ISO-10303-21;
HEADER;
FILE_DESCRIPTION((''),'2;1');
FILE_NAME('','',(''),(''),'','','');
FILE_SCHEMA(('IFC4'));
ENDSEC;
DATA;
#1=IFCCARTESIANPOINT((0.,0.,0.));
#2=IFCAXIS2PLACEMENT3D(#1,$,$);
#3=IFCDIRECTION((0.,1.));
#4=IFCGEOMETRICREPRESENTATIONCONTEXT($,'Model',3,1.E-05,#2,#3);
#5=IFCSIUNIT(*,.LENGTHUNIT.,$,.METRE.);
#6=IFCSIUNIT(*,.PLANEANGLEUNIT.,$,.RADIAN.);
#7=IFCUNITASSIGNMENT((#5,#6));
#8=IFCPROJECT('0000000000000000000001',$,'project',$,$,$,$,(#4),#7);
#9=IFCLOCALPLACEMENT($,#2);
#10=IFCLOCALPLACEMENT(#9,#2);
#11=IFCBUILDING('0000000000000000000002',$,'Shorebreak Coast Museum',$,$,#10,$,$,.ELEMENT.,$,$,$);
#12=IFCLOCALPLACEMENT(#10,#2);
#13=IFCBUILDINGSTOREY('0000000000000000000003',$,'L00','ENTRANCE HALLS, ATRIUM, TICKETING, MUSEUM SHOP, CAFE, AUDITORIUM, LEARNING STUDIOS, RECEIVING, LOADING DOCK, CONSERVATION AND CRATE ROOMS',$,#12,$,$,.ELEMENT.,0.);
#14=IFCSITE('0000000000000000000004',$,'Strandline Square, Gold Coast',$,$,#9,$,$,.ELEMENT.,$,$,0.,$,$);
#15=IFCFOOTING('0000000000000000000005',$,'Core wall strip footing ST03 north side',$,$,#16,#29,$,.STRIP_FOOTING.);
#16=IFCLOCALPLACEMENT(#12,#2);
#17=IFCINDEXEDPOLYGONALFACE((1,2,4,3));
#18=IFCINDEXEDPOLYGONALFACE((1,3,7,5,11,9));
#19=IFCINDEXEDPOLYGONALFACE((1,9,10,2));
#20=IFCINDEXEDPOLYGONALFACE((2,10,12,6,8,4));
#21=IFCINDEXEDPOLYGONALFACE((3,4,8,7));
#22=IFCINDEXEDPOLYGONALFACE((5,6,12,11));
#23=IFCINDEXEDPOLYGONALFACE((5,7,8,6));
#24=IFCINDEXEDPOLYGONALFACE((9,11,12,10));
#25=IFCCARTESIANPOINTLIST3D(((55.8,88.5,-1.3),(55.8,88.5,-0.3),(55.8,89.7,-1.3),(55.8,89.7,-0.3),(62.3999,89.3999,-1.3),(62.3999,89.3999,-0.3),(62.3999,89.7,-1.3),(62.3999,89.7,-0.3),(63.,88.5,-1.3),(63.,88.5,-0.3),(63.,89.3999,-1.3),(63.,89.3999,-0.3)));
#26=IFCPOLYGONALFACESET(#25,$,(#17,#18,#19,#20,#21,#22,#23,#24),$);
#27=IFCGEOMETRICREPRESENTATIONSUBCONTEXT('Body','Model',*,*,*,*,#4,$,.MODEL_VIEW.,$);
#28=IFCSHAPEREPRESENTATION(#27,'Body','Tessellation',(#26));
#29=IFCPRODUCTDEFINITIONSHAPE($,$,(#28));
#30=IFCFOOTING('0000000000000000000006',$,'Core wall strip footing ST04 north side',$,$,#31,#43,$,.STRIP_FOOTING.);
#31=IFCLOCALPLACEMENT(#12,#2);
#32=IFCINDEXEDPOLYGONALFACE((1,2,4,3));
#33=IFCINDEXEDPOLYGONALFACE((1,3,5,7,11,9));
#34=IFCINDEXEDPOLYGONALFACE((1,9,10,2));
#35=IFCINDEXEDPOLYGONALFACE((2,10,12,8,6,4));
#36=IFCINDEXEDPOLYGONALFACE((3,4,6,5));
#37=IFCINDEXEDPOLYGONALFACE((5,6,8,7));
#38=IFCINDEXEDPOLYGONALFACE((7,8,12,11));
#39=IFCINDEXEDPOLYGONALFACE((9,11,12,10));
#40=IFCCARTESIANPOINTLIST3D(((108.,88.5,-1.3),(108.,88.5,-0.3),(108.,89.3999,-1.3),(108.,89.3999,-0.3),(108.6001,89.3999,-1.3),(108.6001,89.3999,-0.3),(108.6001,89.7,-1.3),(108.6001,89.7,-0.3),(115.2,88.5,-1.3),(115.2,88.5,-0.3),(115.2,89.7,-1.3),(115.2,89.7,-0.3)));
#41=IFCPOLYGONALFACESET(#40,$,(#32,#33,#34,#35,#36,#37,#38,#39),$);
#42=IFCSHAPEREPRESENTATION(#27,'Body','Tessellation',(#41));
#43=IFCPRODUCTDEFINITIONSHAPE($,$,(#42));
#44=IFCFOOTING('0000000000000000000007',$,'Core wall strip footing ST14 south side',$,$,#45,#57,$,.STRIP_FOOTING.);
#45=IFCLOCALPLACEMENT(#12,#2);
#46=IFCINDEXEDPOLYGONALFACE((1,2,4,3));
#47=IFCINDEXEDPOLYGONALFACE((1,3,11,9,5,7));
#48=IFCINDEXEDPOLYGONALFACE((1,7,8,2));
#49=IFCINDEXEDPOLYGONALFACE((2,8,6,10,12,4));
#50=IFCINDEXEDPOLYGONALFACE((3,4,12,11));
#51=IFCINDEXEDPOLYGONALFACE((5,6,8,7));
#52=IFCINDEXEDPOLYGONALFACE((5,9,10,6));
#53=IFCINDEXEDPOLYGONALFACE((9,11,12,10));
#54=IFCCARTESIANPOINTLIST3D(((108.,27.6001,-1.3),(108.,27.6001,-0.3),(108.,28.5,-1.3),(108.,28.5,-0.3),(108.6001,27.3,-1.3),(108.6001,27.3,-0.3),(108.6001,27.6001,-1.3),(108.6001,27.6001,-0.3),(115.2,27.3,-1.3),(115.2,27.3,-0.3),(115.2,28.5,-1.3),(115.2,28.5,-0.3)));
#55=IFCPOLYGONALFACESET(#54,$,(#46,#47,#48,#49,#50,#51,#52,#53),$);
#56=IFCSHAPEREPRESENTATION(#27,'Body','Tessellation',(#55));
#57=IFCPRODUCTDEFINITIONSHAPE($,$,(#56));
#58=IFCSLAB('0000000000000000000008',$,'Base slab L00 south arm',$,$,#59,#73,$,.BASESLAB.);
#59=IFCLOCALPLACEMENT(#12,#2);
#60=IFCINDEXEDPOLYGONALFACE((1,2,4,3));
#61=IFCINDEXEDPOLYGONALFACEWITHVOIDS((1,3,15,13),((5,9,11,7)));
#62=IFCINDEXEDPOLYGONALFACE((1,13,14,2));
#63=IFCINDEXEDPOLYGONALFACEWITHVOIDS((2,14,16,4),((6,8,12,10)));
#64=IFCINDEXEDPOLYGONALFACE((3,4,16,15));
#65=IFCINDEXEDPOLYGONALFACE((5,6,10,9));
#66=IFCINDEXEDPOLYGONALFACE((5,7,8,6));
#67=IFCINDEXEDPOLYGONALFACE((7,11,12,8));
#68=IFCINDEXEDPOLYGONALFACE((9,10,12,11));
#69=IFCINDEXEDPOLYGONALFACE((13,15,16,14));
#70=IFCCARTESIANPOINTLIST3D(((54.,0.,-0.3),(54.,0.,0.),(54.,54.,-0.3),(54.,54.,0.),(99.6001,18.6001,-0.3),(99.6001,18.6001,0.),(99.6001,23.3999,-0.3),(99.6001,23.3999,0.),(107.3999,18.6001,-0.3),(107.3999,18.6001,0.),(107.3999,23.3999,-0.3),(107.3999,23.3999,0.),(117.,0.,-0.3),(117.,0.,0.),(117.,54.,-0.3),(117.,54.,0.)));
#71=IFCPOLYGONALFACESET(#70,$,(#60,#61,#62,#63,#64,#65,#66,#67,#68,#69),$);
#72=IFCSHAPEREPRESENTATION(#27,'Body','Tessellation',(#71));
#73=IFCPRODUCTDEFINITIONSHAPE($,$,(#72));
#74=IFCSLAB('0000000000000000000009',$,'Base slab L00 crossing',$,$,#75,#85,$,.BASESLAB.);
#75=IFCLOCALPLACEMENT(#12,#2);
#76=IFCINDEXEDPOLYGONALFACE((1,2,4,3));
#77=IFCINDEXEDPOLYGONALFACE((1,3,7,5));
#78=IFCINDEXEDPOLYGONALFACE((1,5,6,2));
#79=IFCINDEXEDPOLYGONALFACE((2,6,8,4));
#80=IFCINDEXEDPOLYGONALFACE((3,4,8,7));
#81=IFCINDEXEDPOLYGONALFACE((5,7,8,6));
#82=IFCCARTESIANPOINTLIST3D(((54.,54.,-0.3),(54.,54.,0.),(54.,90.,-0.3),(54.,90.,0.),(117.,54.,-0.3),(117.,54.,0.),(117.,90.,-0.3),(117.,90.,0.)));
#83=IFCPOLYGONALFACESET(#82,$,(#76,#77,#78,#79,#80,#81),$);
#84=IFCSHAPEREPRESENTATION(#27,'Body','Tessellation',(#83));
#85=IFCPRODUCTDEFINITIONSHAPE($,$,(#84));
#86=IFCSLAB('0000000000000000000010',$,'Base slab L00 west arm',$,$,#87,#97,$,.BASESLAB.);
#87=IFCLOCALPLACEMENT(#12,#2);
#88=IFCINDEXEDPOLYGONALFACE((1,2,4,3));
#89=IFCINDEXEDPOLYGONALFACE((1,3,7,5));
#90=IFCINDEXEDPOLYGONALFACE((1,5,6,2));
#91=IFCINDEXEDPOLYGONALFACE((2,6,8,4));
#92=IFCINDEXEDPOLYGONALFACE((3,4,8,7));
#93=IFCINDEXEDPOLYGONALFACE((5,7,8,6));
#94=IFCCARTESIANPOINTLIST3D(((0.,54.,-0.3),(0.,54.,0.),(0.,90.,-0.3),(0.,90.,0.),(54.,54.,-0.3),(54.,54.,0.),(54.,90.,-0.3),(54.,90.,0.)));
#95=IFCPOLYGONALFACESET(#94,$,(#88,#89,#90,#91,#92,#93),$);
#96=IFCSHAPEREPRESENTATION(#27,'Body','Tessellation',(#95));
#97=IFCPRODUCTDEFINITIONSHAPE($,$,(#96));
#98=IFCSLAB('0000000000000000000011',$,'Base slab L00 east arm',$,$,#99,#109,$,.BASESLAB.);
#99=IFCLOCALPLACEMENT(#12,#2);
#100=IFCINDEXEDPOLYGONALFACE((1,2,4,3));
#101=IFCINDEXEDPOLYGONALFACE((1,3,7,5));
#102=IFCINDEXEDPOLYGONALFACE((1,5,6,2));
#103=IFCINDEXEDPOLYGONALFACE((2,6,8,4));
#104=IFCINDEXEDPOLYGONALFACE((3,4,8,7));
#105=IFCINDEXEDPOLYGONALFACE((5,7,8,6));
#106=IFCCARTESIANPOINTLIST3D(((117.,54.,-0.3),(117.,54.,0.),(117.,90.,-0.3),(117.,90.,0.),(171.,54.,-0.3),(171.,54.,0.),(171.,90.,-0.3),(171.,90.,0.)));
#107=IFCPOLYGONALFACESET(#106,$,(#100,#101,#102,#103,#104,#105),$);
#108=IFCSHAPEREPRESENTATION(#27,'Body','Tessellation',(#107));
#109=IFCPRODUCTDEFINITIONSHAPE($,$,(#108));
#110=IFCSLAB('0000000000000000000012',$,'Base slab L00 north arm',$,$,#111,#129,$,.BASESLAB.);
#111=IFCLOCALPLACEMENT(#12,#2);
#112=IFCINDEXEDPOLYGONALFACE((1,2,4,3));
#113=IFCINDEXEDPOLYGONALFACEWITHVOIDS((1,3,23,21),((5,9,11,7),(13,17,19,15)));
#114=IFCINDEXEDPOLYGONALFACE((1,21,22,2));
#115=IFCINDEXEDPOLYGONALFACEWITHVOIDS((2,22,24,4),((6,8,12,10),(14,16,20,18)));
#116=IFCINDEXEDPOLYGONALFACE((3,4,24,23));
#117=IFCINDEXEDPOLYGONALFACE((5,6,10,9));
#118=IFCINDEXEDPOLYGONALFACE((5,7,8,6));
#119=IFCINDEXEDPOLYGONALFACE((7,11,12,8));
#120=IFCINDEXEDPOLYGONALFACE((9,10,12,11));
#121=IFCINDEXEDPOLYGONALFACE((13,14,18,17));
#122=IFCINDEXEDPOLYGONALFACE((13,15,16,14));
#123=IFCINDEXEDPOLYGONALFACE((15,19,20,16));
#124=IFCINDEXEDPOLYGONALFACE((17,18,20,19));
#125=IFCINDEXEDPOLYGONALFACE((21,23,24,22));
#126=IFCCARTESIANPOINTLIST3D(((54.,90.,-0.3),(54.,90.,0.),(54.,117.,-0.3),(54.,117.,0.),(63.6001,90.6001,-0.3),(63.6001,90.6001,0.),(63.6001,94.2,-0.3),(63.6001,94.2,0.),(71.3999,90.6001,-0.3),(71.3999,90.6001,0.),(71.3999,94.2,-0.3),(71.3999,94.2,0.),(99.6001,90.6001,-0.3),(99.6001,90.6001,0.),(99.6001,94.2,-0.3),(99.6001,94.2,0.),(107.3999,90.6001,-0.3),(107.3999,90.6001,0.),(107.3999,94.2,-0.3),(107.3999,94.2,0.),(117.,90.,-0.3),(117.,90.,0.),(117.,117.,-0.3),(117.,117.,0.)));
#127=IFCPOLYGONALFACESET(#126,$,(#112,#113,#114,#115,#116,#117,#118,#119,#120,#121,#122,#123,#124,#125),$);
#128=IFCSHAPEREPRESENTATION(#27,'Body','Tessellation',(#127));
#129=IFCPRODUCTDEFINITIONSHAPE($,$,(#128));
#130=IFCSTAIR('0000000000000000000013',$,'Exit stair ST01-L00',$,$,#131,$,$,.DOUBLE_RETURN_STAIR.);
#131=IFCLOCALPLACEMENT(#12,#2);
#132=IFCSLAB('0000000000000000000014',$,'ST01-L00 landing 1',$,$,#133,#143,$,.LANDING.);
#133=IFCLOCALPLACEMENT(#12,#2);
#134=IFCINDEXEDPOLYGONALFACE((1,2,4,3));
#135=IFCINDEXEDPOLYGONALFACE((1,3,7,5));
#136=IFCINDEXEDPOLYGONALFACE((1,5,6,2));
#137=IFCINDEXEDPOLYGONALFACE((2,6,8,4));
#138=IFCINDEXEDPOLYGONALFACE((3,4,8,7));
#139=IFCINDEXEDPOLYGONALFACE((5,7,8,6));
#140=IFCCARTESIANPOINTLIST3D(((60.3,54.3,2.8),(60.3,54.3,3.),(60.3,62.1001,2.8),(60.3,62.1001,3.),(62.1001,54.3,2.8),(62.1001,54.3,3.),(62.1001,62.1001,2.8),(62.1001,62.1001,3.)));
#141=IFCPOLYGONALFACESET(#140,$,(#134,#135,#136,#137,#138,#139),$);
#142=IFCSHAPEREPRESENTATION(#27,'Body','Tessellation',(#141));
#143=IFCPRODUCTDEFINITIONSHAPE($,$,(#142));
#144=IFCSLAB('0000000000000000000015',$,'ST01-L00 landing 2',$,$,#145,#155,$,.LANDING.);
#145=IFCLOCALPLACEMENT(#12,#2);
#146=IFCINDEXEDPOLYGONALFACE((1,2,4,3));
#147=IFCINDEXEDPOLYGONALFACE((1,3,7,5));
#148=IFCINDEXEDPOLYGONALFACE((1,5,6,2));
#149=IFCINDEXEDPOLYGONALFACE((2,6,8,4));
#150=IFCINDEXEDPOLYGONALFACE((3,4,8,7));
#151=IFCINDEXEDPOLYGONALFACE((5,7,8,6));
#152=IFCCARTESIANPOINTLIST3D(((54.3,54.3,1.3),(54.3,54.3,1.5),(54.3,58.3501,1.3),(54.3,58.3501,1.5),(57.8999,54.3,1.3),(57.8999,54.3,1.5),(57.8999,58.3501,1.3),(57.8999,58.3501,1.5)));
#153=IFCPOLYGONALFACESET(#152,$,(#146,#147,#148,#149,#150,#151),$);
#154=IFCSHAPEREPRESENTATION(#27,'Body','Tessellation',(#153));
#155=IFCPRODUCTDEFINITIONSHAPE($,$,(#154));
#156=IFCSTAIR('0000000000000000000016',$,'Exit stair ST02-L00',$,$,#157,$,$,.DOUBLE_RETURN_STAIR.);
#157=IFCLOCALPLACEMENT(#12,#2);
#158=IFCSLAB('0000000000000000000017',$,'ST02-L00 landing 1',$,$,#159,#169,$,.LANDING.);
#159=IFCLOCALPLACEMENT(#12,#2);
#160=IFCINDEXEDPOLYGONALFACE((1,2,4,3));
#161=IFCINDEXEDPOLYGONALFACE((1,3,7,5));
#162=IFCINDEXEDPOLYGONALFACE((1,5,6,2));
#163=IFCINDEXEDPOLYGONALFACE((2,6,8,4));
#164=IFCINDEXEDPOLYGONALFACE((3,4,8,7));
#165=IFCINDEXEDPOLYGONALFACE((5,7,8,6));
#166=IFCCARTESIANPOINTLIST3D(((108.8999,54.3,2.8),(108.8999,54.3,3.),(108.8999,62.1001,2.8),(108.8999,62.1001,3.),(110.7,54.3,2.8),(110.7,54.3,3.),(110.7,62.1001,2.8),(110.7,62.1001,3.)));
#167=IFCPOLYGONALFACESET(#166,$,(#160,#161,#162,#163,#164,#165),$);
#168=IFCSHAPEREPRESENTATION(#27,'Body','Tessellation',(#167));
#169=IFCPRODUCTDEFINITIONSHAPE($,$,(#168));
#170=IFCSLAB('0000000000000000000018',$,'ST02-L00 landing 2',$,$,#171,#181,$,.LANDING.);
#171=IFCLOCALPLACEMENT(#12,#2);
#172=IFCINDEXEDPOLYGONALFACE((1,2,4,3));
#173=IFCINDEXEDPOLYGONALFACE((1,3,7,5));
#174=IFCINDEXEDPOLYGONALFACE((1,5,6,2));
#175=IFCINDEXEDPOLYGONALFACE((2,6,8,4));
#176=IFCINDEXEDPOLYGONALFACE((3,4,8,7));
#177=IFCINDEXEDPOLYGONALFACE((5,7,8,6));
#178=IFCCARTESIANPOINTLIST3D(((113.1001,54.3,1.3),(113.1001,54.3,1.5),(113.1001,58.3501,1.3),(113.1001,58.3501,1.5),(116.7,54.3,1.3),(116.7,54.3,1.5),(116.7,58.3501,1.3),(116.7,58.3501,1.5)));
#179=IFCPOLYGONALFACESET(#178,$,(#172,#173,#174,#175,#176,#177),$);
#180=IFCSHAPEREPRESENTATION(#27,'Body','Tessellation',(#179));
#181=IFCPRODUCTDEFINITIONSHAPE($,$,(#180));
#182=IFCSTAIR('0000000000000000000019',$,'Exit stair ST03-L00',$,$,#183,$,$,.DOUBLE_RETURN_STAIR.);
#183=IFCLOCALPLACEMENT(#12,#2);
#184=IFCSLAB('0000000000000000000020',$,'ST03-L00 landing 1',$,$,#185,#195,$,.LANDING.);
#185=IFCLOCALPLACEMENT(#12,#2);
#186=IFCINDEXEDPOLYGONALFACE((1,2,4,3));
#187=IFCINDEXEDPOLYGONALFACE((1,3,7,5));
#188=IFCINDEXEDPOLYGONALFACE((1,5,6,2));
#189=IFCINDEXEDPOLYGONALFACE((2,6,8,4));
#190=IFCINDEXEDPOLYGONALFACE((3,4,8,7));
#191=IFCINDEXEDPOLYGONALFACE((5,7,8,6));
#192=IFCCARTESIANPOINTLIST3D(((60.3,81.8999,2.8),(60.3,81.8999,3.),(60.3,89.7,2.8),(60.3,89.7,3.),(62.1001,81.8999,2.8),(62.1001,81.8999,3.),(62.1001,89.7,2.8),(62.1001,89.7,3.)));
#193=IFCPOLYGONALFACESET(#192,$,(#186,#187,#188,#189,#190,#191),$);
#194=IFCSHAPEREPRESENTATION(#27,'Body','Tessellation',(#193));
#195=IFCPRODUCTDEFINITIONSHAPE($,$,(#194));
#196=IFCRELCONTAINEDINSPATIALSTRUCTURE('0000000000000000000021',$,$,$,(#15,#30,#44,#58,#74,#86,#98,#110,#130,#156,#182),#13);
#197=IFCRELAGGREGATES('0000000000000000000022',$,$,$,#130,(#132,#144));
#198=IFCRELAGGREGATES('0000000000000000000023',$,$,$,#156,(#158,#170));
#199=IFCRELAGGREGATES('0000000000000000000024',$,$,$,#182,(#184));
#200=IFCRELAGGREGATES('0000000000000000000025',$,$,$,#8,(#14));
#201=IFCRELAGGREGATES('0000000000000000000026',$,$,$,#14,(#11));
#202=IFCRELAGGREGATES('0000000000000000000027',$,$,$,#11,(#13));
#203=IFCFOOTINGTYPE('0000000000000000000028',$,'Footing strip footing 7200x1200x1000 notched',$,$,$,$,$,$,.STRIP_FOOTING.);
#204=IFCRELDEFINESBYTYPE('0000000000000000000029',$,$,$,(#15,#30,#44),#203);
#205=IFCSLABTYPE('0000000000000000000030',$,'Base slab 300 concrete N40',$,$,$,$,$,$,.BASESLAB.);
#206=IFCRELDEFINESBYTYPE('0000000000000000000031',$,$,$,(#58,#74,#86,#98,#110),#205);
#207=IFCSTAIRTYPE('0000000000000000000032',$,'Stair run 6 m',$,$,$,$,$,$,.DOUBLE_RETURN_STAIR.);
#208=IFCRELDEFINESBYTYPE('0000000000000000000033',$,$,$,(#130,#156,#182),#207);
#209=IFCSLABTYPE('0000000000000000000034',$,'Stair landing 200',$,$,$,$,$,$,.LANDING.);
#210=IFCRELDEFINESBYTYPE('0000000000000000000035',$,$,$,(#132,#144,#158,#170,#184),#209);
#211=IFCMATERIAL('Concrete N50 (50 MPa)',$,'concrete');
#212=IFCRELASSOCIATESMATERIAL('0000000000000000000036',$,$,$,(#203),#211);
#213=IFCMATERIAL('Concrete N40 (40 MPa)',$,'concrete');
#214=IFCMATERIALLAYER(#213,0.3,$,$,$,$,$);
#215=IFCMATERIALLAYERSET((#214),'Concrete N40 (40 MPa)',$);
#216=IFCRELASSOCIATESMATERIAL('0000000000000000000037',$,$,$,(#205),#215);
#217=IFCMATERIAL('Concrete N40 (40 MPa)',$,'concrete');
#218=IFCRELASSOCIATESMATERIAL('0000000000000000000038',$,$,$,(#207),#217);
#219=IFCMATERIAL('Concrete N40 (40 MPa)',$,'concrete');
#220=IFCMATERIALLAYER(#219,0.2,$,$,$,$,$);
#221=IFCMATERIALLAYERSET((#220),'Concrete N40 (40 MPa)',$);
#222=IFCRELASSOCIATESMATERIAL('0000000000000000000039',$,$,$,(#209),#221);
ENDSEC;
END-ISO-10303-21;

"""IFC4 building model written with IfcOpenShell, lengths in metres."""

from ifc_helpers import new_model, si_unit, direction, frame, origin, place, context, subcontext, project, spatial, polyline, outline, extrude, material, layer, layer_set, type_object, element, aggregate, save


model = new_model("IFC4")

# Units and contexts
model_context = context("Model", 3, precision=1e-05, world=origin(), true_north=direction((0.0, 1.0)))
body_context = subcontext(model_context, "Body", "Model", "MODEL_VIEW")
ifc_project = project(units=[si_unit("LENGTHUNIT", "METRE"), si_unit("PLANEANGLEUNIT", "RADIAN")], contexts=[model_context])

# Site, building, storey
site_placement = place(None, origin())
site = spatial("IfcSite", under=ifc_project, at=site_placement, Name="Strandline Square, Gold Coast", CompositionType="ELEMENT", RefElevation=0.0)
building_placement = place(site_placement, origin())
building = spatial("IfcBuilding", under=site, at=building_placement, Name="Shorebreak Coast Museum", CompositionType="ELEMENT")
storey_placement = place(building_placement, origin())
storey = spatial("IfcBuildingStorey", under=building, at=storey_placement, Name="L00", Description="ENTRANCE HALLS, ATRIUM, TICKETING, MUSEUM SHOP, CAFE, AUDITORIUM, LEARNING STUDIOS, RECEIVING, LOADING DOCK, CONSERVATION AND CRATE ROOMS", CompositionType="ELEMENT", Elevation=0.0)

# Footings
ifc_material_1 = material(Name="Concrete N50 (50 MPa)", Category="concrete")
footing_type_1 = type_object("IfcFootingType", Name="Footing strip footing 7200x1200x1000 notched", PredefinedType="STRIP_FOOTING", material=ifc_material_1)
footing_1_placement = place(storey_placement, frame((0.0, 0.0, -1.3)))
element("IfcFooting", 1, at=footing_1_placement, inside=storey, type_object=footing_type_1, Name="Core wall strip footing ST03 north side", PredefinedType="STRIP_FOOTING", context=body_context, shape_type="SweptSolid", body=[
    extrude(outline(polyline([(63.0, 88.5), (55.8, 88.5), (55.8, 89.7), (62.3999, 89.7), (62.3999, 89.3999), (63.0, 89.3999), (63.0, 88.5)])), origin(), (0.0, 0.0, 1.0), 1.0),
])
footing_2_placement = place(storey_placement, frame((0.0, 0.0, -1.3)))
element("IfcFooting", 2, at=footing_2_placement, inside=storey, type_object=footing_type_1, Name="Core wall strip footing ST04 north side", PredefinedType="STRIP_FOOTING", context=body_context, shape_type="SweptSolid", body=[
    extrude(outline(polyline([(115.2, 89.7), (115.2, 88.5), (108.0, 88.5), (108.0, 89.3999), (108.6001, 89.3999), (108.6001, 89.7), (115.2, 89.7)])), origin(), (0.0, 0.0, 1.0), 1.0),
])
footing_3_placement = place(storey_placement, frame((0.0, 0.0, -1.3)))
element("IfcFooting", 3, at=footing_3_placement, inside=storey, type_object=footing_type_1, Name="Core wall strip footing ST14 south side", PredefinedType="STRIP_FOOTING", context=body_context, shape_type="SweptSolid", body=[
    extrude(outline(polyline([(108.0, 28.5), (115.2, 28.5), (115.2, 27.3), (108.6001, 27.3), (108.6001, 27.6001), (108.0, 27.6001), (108.0, 28.5)])), origin(), (0.0, 0.0, 1.0), 1.0),
])

# Slabs
ifc_material_2 = material(Name="Concrete N40 (40 MPa)", Category="concrete")
ifc_layer_1 = layer(ifc_material_2, 0.3)
ifc_layer_set_1 = layer_set([ifc_layer_1], Name="Concrete N40 (40 MPa)")
slab_type_1 = type_object("IfcSlabType", Name="Base slab 300 concrete N40", PredefinedType="BASESLAB", material=ifc_layer_set_1)
slab_1_placement = place(storey_placement, frame((0.0, 0.0, -0.3)))
element("IfcSlab", 4, at=slab_1_placement, inside=storey, type_object=slab_type_1, Name="Base slab L00 south arm", PredefinedType="BASESLAB", context=body_context, shape_type="SweptSolid", body=[
    extrude(outline(polyline([(54.0, 0.0), (117.0, 0.0), (117.0, 54.0), (54.0, 54.0), (54.0, 0.0)]), holes=[polyline([(107.3999, 23.3999), (107.3999, 18.6001), (99.6001, 18.6001), (99.6001, 23.3999), (107.3999, 23.3999)])]), origin(), (0.0, 0.0, 1.0), 0.3),
])
slab_2_placement = place(storey_placement, frame((0.0, 0.0, -0.3)))
element("IfcSlab", 5, at=slab_2_placement, inside=storey, type_object=slab_type_1, Name="Base slab L00 crossing", PredefinedType="BASESLAB", context=body_context, shape_type="SweptSolid", body=[
    extrude(outline(polyline([(117.0, 54.0), (117.0, 90.0), (54.0, 90.0), (54.0, 54.0), (117.0, 54.0)])), origin(), (0.0, 0.0, 1.0), 0.3),
])
slab_3_placement = place(storey_placement, frame((0.0, 0.0, -0.3)))
element("IfcSlab", 6, at=slab_3_placement, inside=storey, type_object=slab_type_1, Name="Base slab L00 west arm", PredefinedType="BASESLAB", context=body_context, shape_type="SweptSolid", body=[
    extrude(outline(polyline([(54.0, 54.0), (54.0, 90.0), (0.0, 90.0), (0.0, 54.0), (54.0, 54.0)])), origin(), (0.0, 0.0, 1.0), 0.3),
])
slab_4_placement = place(storey_placement, frame((0.0, 0.0, -0.3)))
element("IfcSlab", 7, at=slab_4_placement, inside=storey, type_object=slab_type_1, Name="Base slab L00 east arm", PredefinedType="BASESLAB", context=body_context, shape_type="SweptSolid", body=[
    extrude(outline(polyline([(171.0, 54.0), (171.0, 90.0), (117.0, 90.0), (117.0, 54.0), (171.0, 54.0)])), origin(), (0.0, 0.0, 1.0), 0.3),
])
slab_5_placement = place(storey_placement, frame((0.0, 0.0, -0.3)))
element("IfcSlab", 8, at=slab_5_placement, inside=storey, type_object=slab_type_1, Name="Base slab L00 north arm", PredefinedType="BASESLAB", context=body_context, shape_type="SweptSolid", body=[
    extrude(outline(polyline([(54.0, 117.0), (54.0, 90.0), (117.0, 90.0), (117.0, 117.0), (54.0, 117.0)]), holes=[polyline([(99.6001, 94.2), (107.3999, 94.2), (107.3999, 90.6001), (99.6001, 90.6001), (99.6001, 94.2)]), polyline([(71.3999, 94.2), (71.3999, 90.6001), (63.6001, 90.6001), (63.6001, 94.2), (71.3999, 94.2)])]), origin(), (0.0, 0.0, 1.0), 0.3),
])

# Stairs, slabs
ifc_material_3 = material(Name="Concrete N40 (40 MPa)", Category="concrete")
stair_type = type_object("IfcStairType", Name="Stair run 6 m", PredefinedType="DOUBLE_RETURN_STAIR", material=ifc_material_3)
stair_1_placement = place(storey_placement, origin())
stair_1 = element("IfcStair", 9, at=stair_1_placement, inside=storey, type_object=stair_type, Name="Exit stair ST01-L00", PredefinedType="DOUBLE_RETURN_STAIR")
ifc_material_4 = material(Name="Concrete N40 (40 MPa)", Category="concrete")
ifc_layer_2 = layer(ifc_material_4, 0.2)
ifc_layer_set_2 = layer_set([ifc_layer_2], Name="Concrete N40 (40 MPa)")
slab_type_2 = type_object("IfcSlabType", Name="Stair landing 200", PredefinedType="LANDING", material=ifc_layer_set_2)
slab_6_placement = place(storey_placement, frame((0.0, 0.0, 2.8)))
slab_6 = element("IfcSlab", 10, at=slab_6_placement, type_object=slab_type_2, Name="ST01-L00 landing 1", PredefinedType="LANDING", context=body_context, shape_type="SweptSolid", body=[
    extrude(outline(polyline([(60.3, 54.3), (62.1001, 54.3), (62.1001, 62.1001), (60.3, 62.1001), (60.3, 54.3)])), origin(), (0.0, 0.0, 1.0), 0.2),
])
slab_7_placement = place(storey_placement, frame((0.0, 0.0, 1.3)))
slab_7 = element("IfcSlab", 11, at=slab_7_placement, type_object=slab_type_2, Name="ST01-L00 landing 2", PredefinedType="LANDING", context=body_context, shape_type="SweptSolid", body=[
    extrude(outline(polyline([(54.3, 54.3), (57.8999, 54.3), (57.8999, 58.3501), (54.3, 58.3501), (54.3, 54.3)])), origin(), (0.0, 0.0, 1.0), 0.2),
])
aggregate(stair_1, [slab_6, slab_7])
stair_2_placement = place(storey_placement, origin())
stair_2 = element("IfcStair", 12, at=stair_2_placement, inside=storey, type_object=stair_type, Name="Exit stair ST02-L00", PredefinedType="DOUBLE_RETURN_STAIR")
slab_8_placement = place(storey_placement, frame((0.0, 0.0, 2.8)))
slab_8 = element("IfcSlab", 13, at=slab_8_placement, type_object=slab_type_2, Name="ST02-L00 landing 1", PredefinedType="LANDING", context=body_context, shape_type="SweptSolid", body=[
    extrude(outline(polyline([(108.8999, 54.3), (110.7, 54.3), (110.7, 62.1001), (108.8999, 62.1001), (108.8999, 54.3)])), origin(), (0.0, 0.0, 1.0), 0.2),
])
slab_9_placement = place(storey_placement, frame((0.0, 0.0, 1.3)))
slab_9 = element("IfcSlab", 14, at=slab_9_placement, type_object=slab_type_2, Name="ST02-L00 landing 2", PredefinedType="LANDING", context=body_context, shape_type="SweptSolid", body=[
    extrude(outline(polyline([(113.1001, 54.3), (116.7, 54.3), (116.7, 58.3501), (113.1001, 58.3501), (113.1001, 54.3)])), origin(), (0.0, 0.0, 1.0), 0.2),
])
aggregate(stair_2, [slab_8, slab_9])
stair_3_placement = place(storey_placement, origin())
stair_3 = element("IfcStair", 15, at=stair_3_placement, inside=storey, type_object=stair_type, Name="Exit stair ST03-L00", PredefinedType="DOUBLE_RETURN_STAIR")
slab_10_placement = place(storey_placement, frame((0.0, 0.0, 2.8)))
slab_10 = element("IfcSlab", 16, at=slab_10_placement, type_object=slab_type_2, Name="ST03-L00 landing 1", PredefinedType="LANDING", context=body_context, shape_type="SweptSolid", body=[
    extrude(outline(polyline([(60.3, 81.8999), (62.1001, 81.8999), (62.1001, 89.7), (60.3, 89.7), (60.3, 81.8999)])), origin(), (0.0, 0.0, 1.0), 0.2),
])
aggregate(stair_3, [slab_10])

save(model, "model.ifc")
